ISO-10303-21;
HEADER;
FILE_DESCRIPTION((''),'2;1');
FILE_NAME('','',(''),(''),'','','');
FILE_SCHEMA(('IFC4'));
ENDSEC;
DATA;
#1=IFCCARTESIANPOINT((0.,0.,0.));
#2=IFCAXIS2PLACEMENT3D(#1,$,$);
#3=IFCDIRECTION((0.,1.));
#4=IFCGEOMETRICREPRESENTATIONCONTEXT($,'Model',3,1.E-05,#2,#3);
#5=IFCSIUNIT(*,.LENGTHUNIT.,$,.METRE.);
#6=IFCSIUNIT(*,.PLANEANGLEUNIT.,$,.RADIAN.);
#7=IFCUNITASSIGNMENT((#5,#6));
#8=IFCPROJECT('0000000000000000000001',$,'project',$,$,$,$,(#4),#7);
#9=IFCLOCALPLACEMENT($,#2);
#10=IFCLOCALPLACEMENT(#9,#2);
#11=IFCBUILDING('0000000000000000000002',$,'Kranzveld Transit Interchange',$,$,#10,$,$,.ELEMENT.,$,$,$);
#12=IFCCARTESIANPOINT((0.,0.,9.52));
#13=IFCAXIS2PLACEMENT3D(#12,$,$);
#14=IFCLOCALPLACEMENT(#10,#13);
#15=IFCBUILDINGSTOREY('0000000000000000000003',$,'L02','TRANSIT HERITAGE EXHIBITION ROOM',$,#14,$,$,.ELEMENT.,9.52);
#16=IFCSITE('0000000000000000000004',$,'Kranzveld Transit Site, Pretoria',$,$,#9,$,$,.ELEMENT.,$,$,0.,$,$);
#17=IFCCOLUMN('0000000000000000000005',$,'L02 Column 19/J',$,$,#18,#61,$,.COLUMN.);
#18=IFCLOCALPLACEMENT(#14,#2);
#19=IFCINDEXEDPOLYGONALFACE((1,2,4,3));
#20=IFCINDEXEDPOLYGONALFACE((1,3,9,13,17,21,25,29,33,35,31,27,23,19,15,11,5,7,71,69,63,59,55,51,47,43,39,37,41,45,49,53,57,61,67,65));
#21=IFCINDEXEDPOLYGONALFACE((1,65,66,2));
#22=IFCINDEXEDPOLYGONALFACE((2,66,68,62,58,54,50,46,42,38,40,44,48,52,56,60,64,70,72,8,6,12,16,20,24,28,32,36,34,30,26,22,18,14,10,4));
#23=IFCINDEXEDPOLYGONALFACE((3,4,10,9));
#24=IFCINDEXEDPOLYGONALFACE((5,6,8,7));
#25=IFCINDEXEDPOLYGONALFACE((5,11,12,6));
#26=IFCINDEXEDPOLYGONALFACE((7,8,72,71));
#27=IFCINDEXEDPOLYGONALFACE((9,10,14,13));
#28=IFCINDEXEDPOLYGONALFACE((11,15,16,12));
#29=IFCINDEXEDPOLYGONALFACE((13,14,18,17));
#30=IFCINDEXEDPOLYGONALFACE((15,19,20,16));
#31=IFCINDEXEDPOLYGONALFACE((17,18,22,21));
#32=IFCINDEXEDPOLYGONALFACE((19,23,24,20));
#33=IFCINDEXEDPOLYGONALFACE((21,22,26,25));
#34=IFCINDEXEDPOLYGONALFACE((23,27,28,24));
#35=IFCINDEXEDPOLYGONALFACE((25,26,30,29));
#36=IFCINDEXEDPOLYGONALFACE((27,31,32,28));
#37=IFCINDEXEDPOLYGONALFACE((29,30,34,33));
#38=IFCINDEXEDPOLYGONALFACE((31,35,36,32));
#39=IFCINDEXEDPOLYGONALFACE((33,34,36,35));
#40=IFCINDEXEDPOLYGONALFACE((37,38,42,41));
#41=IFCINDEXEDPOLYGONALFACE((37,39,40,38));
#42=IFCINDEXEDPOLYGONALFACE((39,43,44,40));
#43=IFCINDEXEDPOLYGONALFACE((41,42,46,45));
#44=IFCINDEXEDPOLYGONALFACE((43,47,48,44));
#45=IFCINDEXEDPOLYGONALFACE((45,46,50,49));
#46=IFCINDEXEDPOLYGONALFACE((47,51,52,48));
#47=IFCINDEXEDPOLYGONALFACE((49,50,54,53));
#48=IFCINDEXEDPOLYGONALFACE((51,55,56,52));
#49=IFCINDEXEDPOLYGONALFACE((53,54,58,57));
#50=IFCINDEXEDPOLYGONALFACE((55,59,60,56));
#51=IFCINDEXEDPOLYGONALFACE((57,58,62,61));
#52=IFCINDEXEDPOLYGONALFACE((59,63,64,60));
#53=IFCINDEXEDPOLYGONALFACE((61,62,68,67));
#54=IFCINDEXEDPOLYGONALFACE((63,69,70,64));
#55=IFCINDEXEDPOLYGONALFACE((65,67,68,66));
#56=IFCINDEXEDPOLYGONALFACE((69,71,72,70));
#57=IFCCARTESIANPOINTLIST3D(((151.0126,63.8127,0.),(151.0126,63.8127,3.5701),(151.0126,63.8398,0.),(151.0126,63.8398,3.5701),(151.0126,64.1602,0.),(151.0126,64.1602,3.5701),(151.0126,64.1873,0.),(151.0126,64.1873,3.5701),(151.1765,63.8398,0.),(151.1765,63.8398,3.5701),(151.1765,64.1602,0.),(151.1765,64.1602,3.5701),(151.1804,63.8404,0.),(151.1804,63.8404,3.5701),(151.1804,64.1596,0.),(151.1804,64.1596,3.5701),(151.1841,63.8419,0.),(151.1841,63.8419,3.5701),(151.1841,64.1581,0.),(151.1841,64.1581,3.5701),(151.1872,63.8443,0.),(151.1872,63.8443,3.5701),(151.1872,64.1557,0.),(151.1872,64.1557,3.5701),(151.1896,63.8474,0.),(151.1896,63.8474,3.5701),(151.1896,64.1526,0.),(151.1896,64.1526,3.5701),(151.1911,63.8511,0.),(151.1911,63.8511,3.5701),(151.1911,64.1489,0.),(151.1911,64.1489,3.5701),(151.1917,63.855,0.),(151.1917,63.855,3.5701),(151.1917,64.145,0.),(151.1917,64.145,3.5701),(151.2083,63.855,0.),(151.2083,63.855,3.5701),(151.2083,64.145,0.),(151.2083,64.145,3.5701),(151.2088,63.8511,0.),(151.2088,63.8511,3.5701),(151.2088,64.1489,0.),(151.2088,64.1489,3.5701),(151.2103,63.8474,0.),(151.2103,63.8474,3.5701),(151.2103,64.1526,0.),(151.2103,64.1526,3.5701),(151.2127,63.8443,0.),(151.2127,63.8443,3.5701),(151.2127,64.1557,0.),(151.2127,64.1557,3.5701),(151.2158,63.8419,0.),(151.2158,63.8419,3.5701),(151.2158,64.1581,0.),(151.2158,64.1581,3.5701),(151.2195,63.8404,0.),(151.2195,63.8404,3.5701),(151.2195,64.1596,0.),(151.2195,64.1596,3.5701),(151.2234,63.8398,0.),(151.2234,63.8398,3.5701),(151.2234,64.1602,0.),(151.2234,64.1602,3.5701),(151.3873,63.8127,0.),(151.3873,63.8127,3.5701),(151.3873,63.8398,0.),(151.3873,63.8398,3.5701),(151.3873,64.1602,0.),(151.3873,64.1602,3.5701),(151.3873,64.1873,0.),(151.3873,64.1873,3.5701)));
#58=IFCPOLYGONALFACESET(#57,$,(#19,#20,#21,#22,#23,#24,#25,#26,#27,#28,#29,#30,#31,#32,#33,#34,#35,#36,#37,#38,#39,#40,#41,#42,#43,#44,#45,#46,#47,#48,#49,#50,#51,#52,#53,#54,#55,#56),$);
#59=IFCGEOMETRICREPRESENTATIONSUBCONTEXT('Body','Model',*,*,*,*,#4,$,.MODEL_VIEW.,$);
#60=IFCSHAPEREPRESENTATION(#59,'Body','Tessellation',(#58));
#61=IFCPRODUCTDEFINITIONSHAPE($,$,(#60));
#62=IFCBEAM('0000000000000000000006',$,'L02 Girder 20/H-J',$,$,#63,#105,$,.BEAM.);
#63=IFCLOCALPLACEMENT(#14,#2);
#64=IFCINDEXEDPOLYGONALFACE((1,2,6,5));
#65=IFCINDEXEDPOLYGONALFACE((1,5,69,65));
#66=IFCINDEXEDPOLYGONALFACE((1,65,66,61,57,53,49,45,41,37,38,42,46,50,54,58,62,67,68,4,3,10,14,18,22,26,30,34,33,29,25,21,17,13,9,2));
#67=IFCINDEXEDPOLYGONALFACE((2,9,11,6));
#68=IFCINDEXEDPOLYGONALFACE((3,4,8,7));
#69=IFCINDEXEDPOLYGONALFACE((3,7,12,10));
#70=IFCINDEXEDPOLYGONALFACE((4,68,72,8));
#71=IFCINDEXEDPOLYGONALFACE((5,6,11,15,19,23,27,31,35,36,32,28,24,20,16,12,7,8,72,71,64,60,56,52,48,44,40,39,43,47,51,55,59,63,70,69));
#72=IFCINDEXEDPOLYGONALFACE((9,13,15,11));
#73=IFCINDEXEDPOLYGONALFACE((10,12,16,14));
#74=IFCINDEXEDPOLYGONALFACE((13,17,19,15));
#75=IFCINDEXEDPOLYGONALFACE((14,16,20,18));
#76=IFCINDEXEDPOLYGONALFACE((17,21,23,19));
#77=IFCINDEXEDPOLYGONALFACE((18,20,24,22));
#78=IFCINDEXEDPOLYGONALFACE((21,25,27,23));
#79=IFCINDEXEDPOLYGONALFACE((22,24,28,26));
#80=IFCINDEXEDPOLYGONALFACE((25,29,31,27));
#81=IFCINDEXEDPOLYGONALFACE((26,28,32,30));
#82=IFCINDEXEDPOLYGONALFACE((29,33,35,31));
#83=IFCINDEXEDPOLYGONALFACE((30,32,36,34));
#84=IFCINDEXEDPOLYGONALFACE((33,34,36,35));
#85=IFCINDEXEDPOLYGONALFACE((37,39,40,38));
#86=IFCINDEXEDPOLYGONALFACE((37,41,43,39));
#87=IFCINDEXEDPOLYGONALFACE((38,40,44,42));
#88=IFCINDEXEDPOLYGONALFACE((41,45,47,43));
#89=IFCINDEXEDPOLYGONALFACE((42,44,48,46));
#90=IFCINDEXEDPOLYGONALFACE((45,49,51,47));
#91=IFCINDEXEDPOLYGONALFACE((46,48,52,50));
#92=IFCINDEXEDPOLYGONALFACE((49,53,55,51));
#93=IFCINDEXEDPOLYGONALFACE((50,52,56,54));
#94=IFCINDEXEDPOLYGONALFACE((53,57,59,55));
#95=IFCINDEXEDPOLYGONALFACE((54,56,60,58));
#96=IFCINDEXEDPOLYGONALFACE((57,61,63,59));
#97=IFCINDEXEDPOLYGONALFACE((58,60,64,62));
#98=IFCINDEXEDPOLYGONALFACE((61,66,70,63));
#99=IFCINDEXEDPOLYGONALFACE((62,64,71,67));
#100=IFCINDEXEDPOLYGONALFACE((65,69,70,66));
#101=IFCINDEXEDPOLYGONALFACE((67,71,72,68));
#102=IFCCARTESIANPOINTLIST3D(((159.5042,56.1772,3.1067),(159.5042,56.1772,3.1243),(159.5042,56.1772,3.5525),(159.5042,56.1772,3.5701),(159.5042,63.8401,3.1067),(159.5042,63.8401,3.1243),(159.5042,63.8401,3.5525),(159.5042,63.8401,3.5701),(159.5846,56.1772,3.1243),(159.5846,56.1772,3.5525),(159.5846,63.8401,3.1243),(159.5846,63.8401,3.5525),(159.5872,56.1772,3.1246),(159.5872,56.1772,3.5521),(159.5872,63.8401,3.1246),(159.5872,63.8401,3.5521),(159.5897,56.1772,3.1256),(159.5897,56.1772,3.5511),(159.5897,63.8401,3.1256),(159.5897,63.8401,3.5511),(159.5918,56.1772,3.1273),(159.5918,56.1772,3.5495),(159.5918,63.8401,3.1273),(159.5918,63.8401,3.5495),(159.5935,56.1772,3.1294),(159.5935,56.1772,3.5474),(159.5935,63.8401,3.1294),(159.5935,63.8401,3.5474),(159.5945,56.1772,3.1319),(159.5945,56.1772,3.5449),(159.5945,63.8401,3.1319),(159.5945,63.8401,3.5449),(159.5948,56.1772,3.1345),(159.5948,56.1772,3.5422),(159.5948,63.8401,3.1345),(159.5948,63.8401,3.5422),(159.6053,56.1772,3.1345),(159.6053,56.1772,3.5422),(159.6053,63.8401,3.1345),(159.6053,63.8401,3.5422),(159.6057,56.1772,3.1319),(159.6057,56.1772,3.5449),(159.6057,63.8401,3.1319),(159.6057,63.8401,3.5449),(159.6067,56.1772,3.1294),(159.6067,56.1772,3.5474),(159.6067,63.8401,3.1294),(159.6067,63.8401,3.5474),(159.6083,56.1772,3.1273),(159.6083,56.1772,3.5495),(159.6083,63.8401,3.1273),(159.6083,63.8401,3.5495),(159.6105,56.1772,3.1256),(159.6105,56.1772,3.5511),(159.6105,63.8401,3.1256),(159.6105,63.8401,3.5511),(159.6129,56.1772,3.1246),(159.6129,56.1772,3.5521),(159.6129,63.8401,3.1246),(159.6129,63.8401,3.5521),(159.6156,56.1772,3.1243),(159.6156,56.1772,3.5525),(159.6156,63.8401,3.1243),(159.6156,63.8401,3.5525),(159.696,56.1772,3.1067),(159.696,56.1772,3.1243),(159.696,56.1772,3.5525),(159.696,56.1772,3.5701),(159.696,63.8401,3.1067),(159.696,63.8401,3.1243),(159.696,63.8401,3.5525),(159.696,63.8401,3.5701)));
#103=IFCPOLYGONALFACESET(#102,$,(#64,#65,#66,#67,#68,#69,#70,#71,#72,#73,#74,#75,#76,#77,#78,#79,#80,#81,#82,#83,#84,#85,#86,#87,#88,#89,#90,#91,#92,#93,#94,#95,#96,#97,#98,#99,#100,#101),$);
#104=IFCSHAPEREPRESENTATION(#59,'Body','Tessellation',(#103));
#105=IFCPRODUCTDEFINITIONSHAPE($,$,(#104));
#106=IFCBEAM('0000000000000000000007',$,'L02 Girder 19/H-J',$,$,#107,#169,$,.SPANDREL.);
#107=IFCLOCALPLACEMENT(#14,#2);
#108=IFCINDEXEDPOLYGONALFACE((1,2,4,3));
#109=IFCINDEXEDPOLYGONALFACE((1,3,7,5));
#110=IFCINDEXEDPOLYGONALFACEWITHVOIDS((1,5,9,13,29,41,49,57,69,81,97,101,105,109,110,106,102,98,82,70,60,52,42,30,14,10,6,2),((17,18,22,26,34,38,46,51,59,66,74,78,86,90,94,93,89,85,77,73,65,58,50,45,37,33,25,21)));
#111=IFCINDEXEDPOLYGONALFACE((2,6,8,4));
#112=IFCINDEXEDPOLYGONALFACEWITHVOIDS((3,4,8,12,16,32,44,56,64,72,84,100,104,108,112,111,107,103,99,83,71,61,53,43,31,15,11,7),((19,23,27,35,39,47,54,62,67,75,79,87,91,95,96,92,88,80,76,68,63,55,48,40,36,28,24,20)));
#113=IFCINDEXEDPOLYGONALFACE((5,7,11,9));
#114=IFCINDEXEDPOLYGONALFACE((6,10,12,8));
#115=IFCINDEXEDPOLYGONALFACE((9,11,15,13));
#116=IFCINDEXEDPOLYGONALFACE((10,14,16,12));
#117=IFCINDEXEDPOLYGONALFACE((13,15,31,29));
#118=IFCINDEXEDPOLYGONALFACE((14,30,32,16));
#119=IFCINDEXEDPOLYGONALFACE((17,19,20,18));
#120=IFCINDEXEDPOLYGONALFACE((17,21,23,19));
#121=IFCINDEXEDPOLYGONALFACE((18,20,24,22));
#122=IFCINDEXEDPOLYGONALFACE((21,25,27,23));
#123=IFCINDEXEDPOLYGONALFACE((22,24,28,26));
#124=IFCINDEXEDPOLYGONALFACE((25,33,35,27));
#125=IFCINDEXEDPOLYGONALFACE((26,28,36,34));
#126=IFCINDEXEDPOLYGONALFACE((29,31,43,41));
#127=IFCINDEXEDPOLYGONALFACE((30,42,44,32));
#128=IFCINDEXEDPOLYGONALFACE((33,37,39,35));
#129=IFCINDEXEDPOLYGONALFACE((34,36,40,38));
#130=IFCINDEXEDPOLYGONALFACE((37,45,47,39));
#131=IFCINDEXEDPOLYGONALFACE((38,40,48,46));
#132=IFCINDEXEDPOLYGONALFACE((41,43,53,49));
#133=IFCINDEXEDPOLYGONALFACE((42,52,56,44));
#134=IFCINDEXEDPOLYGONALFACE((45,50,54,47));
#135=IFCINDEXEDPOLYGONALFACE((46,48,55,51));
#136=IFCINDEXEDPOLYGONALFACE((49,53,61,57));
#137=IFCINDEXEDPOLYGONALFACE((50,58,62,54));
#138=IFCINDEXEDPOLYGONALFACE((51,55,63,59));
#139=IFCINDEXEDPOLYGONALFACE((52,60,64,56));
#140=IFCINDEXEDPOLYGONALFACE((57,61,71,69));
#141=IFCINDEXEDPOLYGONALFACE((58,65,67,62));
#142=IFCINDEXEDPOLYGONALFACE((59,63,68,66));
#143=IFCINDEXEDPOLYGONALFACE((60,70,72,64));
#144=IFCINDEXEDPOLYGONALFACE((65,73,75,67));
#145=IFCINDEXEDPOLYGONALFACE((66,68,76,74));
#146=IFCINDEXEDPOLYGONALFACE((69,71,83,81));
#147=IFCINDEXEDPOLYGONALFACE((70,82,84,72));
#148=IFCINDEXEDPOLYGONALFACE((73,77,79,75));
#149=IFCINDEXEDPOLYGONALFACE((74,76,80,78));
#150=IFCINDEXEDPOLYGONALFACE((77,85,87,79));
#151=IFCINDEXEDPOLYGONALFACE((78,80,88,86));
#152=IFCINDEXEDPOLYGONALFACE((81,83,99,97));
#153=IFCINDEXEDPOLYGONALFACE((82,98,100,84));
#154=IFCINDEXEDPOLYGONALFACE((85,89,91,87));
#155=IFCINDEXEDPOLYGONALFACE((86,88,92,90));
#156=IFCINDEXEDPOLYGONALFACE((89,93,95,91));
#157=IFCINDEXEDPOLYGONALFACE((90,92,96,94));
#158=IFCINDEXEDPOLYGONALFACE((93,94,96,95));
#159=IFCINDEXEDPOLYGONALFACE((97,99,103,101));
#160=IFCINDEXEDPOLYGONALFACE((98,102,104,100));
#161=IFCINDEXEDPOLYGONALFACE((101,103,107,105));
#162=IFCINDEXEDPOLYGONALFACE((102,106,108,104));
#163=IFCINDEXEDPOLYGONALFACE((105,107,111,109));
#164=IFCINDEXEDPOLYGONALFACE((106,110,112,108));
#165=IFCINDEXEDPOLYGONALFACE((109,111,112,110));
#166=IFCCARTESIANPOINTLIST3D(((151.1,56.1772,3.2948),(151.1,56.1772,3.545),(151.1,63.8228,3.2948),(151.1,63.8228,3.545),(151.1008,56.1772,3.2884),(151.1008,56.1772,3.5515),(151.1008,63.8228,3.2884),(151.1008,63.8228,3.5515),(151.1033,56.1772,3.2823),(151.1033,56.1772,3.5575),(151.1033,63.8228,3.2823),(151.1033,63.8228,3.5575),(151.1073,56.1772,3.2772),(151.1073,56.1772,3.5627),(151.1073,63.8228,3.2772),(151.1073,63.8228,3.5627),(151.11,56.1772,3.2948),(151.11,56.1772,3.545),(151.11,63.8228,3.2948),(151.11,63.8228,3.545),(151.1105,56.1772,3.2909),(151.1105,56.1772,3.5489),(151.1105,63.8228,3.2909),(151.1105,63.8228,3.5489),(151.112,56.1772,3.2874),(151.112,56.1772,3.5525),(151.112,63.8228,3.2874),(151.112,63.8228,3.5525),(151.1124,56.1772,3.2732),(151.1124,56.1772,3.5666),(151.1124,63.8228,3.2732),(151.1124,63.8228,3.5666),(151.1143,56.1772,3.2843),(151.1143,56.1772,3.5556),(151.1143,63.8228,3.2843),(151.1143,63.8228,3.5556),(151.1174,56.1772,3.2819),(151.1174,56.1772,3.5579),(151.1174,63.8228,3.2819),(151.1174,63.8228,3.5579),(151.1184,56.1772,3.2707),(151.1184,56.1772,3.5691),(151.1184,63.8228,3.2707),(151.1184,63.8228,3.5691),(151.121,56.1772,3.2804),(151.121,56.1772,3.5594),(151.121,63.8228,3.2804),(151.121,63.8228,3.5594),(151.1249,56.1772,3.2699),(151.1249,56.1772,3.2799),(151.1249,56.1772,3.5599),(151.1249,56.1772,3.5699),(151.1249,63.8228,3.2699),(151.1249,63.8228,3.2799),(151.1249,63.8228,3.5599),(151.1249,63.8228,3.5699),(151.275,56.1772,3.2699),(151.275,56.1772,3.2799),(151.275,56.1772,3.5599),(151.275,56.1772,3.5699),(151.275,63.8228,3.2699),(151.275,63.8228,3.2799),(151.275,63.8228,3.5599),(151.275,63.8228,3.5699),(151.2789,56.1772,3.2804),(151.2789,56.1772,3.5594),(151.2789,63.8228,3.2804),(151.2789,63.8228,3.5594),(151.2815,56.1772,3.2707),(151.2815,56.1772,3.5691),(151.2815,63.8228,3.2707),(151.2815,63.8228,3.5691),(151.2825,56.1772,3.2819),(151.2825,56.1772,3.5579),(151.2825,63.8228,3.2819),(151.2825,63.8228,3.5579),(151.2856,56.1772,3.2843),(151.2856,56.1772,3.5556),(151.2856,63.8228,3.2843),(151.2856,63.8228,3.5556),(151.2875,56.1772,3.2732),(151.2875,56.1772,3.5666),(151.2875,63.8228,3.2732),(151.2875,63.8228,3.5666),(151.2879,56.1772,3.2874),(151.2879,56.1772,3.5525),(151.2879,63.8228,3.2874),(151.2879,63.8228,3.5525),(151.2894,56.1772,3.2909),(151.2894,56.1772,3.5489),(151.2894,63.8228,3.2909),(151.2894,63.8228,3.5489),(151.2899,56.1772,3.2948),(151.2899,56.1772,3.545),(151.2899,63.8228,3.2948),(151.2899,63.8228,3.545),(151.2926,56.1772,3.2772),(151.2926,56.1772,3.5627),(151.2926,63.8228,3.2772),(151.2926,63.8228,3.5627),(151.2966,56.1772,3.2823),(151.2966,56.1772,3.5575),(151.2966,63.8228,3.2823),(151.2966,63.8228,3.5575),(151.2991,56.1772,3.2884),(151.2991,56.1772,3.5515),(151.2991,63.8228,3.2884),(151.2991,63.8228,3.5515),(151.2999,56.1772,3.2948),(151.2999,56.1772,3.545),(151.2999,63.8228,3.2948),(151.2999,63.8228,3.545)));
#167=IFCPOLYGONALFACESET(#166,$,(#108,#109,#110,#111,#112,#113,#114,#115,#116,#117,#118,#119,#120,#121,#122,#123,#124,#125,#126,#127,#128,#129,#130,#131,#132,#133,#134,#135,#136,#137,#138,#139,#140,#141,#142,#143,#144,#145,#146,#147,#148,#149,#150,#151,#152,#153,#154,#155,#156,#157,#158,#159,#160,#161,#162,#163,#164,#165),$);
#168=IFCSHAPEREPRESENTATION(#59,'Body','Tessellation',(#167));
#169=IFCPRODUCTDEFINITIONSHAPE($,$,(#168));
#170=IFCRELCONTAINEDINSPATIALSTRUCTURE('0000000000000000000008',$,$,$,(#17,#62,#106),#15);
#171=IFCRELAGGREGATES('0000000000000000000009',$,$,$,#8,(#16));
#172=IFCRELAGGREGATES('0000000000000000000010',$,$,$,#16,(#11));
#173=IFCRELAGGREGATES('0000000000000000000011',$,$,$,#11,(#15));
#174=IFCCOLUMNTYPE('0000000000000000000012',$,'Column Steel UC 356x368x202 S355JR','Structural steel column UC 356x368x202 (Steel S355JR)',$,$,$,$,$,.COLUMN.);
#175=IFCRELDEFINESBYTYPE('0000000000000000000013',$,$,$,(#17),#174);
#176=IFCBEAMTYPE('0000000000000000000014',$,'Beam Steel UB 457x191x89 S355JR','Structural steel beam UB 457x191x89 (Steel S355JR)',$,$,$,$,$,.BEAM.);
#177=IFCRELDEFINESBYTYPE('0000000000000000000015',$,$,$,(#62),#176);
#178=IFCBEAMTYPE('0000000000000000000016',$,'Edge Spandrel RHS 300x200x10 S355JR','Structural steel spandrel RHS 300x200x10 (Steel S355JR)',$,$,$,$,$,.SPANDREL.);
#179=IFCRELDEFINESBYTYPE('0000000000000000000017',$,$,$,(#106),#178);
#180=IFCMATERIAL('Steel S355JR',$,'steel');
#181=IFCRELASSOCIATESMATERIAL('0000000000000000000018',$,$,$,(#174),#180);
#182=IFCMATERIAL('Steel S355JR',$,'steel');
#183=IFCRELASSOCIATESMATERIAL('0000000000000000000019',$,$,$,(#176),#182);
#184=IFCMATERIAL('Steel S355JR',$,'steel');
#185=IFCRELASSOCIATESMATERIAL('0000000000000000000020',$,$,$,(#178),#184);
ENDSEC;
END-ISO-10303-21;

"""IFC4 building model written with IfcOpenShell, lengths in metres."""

from ifc_helpers import new_model, si_unit, direction, frame, origin, origin_2d, place, context, subcontext, project, spatial, hollow_rectangle, i_section, extrude, material, material_profile, profile_set, type_object, element, save


model = new_model("IFC4")

# Units and contexts
model_context = context("Model", 3, precision=1e-05, world=origin(), true_north=direction((0.0, 1.0)))
body_context = subcontext(model_context, "Body", "Model", "MODEL_VIEW")
ifc_project = project(units=[si_unit("LENGTHUNIT", "METRE"), si_unit("PLANEANGLEUNIT", "RADIAN")], contexts=[model_context])

# Site, building, storey
site_placement = place(None, origin())
site = spatial("IfcSite", under=ifc_project, at=site_placement, Name="Kranzveld Transit Site, Pretoria", CompositionType="ELEMENT", RefElevation=0.0)
building_placement = place(site_placement, origin())
building = spatial("IfcBuilding", under=site, at=building_placement, Name="Kranzveld Transit Interchange", CompositionType="ELEMENT")
storey_placement = place(building_placement, frame((0.0, 0.0, 9.52)))
storey = spatial("IfcBuildingStorey", under=building, at=storey_placement, Name="L02", Description="TRANSIT HERITAGE EXHIBITION ROOM", CompositionType="ELEMENT", Elevation=9.52)

# Column
ifc_material_1 = material(Name="Steel S355JR", Category="steel")
ifc_material_profile_1 = material_profile(ifc_material_1, i_section(OverallWidth=0.3748, OverallDepth=0.3745, WebThickness=0.0166, FlangeThickness=0.0271, FilletRadius=0.0151, at=origin_2d()), Name="UC 356x368x202")
ifc_profile_set_1 = profile_set([ifc_material_profile_1], Name="Steel S355JR")
column_type = type_object("IfcColumnType", Name="Column Steel UC 356x368x202 S355JR", Description="Structural steel column UC 356x368x202 (Steel S355JR)", PredefinedType="COLUMN", material=ifc_profile_set_1)
column_placement = place(storey_placement, frame((151.2, 64.0, 0.0), z_axis=(0.0, 0.0, 1.0), x_axis=(1.0, 0.0, 0.0)))
element("IfcColumn", 1, at=column_placement, inside=storey, type_object=column_type, Name="L02 Column 19/J", PredefinedType="COLUMN", context=body_context, shape_type="SweptSolid", body=[
    extrude(i_section(OverallWidth=0.3748, OverallDepth=0.3745, WebThickness=0.0166, FlangeThickness=0.0271, FilletRadius=0.0151, at=origin_2d()), origin(), (0.0, 0.0, 1.0), 3.5701),
])

# Beams
ifc_material_2 = material(Name="Steel S355JR", Category="steel")
ifc_material_profile_2 = material_profile(ifc_material_2, i_section(OverallWidth=0.1919, OverallDepth=0.4634, WebThickness=0.0105, FlangeThickness=0.0176, FilletRadius=0.0103, at=origin_2d()), Name="UB 457x191x89")
ifc_profile_set_2 = profile_set([ifc_material_profile_2], Name="Steel S355JR")
beam_type_1 = type_object("IfcBeamType", Name="Beam Steel UB 457x191x89 S355JR", Description="Structural steel beam UB 457x191x89 (Steel S355JR)", PredefinedType="BEAM", material=ifc_profile_set_2)
beam_1_placement = place(storey_placement, frame((159.6001, 56.1772, 3.3384), z_axis=(0.0, 1.0, 0.0), x_axis=(-1.0, 0.0, 0.0)))
element("IfcBeam", 2, at=beam_1_placement, inside=storey, type_object=beam_type_1, Name="L02 Girder 20/H-J", PredefinedType="BEAM", context=body_context, shape_type="SweptSolid", body=[
    extrude(i_section(OverallWidth=0.1919, OverallDepth=0.4634, WebThickness=0.0105, FlangeThickness=0.0176, FilletRadius=0.0103, at=origin_2d()), origin(), (0.0, 0.0, 1.0), 7.6628),
])
ifc_material_3 = material(Name="Steel S355JR", Category="steel")
ifc_material_profile_3 = material_profile(ifc_material_3, hollow_rectangle(XDim=0.2, YDim=0.3, WallThickness=0.01, InnerFilletRadius=0.0149, OuterFilletRadius=0.0249, at=origin_2d()), Name="RHS 300x200x10")
ifc_profile_set_3 = profile_set([ifc_material_profile_3], Name="Steel S355JR")
beam_type_2 = type_object("IfcBeamType", Name="Edge Spandrel RHS 300x200x10 S355JR", Description="Structural steel spandrel RHS 300x200x10 (Steel S355JR)", PredefinedType="SPANDREL", material=ifc_profile_set_3)
for number, where, z_axis, x_axis, name in (
    (3, (151.2, 56.1772, 3.4199), (0.0, 1.0, 0.0), (-1.0, 0.0, 0.0), "L02 Girder 19/H-J"),
):
    element("IfcBeam", number, at=place(storey_placement, frame(where, z_axis=z_axis, x_axis=x_axis)), inside=storey, type_object=beam_type_2, Name=name, PredefinedType="SPANDREL", context=body_context, shape_type="SweptSolid", body=[
        extrude(hollow_rectangle(XDim=0.2, YDim=0.3, WallThickness=0.01, InnerFilletRadius=0.0149, OuterFilletRadius=0.0249, at=origin_2d()), origin(), (0.0, 0.0, 1.0), 7.6455),
    ])

save(model, "model.ifc")
